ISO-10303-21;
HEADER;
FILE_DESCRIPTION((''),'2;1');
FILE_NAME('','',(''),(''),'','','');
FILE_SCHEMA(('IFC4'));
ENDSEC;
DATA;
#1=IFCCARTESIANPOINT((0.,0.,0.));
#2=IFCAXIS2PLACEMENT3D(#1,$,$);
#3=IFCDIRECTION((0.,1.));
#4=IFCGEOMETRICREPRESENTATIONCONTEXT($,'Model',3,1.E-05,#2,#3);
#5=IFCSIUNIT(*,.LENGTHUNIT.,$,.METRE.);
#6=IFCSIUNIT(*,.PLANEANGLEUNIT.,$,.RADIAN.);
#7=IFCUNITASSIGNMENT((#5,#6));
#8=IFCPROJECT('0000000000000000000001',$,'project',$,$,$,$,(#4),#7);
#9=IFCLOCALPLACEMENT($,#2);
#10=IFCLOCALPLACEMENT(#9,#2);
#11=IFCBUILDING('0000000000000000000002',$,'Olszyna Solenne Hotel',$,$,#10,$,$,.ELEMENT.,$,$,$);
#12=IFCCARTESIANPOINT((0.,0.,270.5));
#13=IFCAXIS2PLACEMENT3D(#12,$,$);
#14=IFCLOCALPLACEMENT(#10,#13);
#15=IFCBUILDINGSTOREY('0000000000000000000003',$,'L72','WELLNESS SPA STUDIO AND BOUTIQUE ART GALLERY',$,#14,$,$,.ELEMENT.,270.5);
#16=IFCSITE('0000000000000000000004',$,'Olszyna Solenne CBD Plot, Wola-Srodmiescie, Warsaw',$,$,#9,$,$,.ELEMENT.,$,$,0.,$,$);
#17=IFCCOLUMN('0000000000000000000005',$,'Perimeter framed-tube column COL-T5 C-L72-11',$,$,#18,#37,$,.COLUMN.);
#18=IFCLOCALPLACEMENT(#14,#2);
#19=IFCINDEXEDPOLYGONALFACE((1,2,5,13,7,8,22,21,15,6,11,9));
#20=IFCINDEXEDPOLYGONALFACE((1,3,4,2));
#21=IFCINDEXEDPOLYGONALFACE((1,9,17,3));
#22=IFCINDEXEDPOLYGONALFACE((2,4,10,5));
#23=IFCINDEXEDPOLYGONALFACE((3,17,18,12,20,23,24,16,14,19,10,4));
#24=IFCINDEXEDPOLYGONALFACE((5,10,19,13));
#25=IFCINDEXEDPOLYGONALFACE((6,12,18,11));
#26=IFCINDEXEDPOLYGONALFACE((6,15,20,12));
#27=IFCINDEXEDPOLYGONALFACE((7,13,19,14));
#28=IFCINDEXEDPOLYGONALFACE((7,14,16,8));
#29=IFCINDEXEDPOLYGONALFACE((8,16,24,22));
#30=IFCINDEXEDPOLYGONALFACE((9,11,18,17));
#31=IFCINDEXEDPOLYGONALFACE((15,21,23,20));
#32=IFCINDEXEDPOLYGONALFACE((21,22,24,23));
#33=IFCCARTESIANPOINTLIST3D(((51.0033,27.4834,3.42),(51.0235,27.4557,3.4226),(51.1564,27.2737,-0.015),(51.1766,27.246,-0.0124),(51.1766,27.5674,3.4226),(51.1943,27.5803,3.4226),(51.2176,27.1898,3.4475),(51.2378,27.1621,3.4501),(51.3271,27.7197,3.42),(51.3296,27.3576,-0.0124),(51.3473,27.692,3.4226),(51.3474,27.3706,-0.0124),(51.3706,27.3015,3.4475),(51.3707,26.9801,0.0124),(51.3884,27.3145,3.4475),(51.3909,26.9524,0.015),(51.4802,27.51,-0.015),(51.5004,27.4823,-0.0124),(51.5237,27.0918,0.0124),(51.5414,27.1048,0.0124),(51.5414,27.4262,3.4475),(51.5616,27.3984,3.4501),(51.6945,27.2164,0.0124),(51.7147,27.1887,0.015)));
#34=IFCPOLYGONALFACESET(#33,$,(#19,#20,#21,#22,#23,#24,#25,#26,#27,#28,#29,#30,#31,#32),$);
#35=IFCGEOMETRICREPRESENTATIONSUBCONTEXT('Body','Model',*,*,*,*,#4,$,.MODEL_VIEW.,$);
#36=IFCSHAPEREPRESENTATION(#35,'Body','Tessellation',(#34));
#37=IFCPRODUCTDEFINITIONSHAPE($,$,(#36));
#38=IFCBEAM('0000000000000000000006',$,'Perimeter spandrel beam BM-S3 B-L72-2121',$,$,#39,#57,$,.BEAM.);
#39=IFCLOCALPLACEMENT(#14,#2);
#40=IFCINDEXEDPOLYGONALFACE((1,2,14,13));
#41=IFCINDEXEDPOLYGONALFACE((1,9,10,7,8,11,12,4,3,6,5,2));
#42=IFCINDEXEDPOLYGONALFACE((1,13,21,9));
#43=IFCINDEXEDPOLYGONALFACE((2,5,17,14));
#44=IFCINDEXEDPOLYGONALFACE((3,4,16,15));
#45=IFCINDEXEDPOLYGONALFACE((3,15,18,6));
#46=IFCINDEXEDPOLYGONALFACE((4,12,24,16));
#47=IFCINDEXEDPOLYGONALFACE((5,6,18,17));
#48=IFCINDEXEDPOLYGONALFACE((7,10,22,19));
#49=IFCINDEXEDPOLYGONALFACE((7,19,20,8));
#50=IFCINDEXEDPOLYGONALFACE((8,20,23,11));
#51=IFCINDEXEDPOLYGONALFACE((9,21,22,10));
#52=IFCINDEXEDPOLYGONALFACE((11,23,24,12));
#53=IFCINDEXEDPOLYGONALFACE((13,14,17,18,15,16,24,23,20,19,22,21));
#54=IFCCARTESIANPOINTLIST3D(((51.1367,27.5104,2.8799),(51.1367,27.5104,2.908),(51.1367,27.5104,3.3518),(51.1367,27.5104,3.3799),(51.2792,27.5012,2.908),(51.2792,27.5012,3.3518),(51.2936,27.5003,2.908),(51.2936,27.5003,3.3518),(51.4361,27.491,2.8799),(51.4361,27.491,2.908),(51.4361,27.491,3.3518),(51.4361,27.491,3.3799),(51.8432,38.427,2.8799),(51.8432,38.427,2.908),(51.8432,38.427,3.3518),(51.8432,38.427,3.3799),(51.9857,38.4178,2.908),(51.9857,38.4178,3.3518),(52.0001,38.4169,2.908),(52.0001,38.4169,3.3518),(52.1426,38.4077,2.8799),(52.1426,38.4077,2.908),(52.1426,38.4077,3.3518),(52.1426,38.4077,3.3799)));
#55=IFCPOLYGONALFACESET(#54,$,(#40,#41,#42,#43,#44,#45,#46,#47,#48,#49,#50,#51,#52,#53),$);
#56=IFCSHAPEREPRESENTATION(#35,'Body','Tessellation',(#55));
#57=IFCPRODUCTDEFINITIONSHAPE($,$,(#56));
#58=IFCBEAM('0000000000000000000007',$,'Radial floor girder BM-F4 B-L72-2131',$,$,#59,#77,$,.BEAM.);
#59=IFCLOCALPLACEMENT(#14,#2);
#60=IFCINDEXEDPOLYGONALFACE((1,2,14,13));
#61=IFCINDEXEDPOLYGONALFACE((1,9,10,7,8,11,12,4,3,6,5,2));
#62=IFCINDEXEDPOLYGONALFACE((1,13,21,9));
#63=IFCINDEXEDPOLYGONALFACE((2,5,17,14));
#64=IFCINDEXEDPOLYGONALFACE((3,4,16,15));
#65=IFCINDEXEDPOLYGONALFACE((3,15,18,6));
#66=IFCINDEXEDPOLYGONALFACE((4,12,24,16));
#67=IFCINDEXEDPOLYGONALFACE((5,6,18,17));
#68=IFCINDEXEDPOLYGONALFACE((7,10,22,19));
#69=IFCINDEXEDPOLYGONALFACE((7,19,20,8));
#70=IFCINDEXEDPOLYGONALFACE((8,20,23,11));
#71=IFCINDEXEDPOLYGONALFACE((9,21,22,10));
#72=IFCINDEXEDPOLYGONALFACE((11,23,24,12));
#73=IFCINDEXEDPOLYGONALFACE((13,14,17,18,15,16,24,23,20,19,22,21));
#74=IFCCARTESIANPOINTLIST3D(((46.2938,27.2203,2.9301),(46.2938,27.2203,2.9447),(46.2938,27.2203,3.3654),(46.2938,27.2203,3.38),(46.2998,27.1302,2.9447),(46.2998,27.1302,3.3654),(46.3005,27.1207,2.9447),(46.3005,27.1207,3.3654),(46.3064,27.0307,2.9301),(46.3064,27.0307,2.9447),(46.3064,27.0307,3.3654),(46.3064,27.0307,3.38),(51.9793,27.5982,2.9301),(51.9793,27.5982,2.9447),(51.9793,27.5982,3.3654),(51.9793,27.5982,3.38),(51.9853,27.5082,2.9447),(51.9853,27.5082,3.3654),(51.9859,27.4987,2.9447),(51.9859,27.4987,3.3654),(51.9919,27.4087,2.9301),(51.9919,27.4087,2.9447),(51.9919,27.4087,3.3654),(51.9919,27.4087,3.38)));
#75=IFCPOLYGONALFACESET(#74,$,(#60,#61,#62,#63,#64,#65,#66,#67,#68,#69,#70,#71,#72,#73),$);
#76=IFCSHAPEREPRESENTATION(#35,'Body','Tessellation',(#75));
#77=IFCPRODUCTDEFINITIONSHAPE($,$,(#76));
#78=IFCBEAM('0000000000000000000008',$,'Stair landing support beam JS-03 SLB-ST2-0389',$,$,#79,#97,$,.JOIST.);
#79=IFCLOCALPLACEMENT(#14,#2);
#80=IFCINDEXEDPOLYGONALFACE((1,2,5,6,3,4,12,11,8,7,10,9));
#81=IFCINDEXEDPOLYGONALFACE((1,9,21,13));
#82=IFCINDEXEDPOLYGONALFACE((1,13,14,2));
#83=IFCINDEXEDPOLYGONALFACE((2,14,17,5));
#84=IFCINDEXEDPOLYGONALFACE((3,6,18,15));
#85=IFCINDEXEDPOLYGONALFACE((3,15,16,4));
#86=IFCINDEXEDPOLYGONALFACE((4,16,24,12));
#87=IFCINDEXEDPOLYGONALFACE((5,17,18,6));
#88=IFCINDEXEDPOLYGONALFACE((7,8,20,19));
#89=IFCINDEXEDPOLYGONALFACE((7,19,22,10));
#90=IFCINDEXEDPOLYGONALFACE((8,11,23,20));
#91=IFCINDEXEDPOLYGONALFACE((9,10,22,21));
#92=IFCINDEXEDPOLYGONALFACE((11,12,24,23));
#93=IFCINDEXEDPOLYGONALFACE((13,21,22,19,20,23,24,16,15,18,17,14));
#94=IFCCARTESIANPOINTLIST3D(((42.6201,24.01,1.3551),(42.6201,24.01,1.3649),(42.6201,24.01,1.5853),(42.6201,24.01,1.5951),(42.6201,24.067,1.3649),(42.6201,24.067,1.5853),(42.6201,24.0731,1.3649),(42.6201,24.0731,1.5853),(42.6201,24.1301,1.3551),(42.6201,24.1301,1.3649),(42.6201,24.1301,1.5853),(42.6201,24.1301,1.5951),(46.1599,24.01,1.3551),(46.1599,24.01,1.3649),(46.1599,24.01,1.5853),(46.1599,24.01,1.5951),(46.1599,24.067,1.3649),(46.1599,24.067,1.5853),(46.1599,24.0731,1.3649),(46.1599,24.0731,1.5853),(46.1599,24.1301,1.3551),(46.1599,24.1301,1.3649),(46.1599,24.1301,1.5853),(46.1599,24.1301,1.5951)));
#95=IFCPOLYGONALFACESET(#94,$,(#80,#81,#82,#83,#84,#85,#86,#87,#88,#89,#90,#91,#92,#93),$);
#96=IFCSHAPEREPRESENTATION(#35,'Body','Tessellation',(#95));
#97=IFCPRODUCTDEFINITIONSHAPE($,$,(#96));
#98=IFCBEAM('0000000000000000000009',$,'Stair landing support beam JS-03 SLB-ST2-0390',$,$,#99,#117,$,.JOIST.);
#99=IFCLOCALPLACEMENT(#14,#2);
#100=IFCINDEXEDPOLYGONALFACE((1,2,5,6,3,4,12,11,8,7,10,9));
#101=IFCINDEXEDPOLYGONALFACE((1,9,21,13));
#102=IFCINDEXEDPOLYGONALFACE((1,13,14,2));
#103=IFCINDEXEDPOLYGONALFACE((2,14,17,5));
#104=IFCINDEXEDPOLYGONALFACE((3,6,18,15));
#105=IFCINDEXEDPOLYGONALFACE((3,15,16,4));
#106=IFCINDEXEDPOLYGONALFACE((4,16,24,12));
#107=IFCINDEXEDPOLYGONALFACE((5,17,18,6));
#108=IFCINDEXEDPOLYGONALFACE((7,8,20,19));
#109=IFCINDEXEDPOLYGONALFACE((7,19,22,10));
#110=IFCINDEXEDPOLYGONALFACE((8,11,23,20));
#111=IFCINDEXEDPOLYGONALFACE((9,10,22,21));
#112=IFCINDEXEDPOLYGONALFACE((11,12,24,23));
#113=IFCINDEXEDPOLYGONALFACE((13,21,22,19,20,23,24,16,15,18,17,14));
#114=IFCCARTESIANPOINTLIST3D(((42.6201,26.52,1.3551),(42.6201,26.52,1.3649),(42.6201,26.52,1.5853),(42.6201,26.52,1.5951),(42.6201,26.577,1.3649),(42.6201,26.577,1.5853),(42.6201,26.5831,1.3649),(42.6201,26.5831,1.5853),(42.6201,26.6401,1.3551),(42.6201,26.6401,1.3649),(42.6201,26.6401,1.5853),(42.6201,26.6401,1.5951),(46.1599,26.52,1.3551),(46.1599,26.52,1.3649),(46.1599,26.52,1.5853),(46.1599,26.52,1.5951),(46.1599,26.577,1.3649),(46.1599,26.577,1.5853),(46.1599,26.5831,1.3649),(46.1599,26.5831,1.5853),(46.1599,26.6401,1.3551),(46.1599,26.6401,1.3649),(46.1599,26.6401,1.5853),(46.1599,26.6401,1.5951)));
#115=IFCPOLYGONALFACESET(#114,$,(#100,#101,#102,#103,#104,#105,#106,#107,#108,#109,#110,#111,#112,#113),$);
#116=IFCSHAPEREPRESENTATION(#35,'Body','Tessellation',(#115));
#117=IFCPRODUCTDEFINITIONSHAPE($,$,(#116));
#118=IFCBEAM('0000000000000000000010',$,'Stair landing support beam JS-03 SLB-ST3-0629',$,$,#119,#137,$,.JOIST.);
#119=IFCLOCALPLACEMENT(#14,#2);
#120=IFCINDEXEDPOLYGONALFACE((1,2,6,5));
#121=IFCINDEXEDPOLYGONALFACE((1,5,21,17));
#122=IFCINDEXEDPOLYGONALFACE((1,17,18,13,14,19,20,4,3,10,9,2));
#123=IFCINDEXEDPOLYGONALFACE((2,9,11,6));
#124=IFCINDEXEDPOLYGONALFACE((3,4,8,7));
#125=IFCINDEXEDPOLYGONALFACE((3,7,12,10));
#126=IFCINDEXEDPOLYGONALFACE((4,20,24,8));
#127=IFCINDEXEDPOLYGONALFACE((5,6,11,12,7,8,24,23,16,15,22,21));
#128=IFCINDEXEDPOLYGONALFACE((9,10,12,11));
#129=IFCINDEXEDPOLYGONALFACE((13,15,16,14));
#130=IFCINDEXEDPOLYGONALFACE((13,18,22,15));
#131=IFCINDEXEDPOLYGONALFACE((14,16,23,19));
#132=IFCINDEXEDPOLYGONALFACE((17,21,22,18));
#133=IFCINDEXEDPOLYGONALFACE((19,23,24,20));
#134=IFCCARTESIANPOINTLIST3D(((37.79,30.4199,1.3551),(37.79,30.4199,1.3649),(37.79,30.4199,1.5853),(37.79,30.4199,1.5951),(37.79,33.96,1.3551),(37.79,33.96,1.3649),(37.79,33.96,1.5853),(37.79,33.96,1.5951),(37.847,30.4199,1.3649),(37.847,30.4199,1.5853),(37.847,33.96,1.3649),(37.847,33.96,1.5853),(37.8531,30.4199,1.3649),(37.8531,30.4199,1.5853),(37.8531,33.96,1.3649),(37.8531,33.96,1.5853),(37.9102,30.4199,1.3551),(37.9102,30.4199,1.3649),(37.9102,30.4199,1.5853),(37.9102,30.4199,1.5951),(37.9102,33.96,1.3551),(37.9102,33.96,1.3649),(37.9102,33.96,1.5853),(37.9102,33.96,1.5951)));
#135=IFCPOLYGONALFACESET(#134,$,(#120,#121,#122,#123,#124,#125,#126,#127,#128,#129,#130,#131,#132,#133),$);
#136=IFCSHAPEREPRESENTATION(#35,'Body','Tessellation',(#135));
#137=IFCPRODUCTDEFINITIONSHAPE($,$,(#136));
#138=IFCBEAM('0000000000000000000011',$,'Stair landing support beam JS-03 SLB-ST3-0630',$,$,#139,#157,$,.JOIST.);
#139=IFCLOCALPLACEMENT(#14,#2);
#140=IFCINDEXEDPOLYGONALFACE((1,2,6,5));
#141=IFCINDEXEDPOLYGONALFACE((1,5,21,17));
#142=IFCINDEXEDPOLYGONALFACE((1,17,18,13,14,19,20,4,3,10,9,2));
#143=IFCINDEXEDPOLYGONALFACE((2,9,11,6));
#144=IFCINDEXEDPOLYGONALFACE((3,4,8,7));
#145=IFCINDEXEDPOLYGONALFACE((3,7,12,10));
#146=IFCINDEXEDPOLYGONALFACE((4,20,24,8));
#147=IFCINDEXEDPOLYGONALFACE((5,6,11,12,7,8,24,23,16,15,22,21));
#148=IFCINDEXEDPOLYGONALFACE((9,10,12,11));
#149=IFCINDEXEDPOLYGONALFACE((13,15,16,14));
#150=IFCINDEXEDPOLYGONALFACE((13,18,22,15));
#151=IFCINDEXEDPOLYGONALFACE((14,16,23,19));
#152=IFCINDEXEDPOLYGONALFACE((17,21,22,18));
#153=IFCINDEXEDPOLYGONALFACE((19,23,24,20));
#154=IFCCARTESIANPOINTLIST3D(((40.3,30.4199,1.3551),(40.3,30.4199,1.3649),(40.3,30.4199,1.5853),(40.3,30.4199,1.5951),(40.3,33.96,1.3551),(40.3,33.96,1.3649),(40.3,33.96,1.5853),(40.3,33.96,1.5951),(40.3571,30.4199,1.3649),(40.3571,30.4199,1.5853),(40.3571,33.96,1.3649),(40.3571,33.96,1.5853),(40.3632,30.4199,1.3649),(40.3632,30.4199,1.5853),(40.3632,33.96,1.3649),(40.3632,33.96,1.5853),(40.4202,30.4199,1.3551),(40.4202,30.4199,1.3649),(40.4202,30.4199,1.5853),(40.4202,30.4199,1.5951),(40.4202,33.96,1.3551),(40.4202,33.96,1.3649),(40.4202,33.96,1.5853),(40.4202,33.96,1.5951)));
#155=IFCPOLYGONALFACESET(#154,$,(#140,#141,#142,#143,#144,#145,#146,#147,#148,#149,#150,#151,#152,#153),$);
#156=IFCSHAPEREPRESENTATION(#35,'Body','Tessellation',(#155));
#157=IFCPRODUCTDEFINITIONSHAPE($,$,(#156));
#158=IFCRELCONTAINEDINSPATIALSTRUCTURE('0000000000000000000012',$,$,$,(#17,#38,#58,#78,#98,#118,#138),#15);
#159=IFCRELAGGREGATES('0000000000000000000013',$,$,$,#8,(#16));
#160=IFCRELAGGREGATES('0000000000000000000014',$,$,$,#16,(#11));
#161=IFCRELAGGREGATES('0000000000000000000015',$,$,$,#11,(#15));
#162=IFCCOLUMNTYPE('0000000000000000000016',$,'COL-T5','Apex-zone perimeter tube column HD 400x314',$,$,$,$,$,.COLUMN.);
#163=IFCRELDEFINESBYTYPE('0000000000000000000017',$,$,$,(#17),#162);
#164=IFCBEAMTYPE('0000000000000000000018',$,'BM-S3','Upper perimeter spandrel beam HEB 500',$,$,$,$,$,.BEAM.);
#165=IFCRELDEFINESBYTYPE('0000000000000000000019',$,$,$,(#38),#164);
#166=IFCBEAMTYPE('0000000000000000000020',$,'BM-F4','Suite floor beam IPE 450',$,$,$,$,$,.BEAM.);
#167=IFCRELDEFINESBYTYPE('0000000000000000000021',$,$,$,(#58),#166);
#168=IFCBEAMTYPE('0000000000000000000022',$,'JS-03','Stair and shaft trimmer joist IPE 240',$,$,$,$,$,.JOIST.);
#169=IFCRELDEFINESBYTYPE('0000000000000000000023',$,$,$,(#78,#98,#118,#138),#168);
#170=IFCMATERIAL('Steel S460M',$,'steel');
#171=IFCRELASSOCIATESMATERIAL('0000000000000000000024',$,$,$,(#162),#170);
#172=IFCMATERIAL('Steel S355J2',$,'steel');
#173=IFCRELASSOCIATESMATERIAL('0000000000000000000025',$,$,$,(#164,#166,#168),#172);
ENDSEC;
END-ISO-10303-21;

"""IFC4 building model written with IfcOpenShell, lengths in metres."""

from ifc_helpers import new_model, si_unit, direction, frame, origin, origin_2d, place, context, subcontext, project, spatial, i_section, extrude, source, transform, mapped, material, material_profile, profile_set, type_object, element, save


model = new_model("IFC4")

# Units and contexts
model_context = context("Model", 3, precision=1e-05, world=origin(), true_north=direction((0.0, 1.0)))
body_context = subcontext(model_context, "Body", "Model", "MODEL_VIEW")
ifc_project = project(units=[si_unit("LENGTHUNIT", "METRE"), si_unit("PLANEANGLEUNIT", "RADIAN")], contexts=[model_context])

# Site, building, storey
site_placement = place(None, origin())
site = spatial("IfcSite", under=ifc_project, at=site_placement, Name="Olszyna Solenne CBD Plot, Wola-Srodmiescie, Warsaw", CompositionType="ELEMENT", RefElevation=0.0)
building_placement = place(site_placement, origin())
building = spatial("IfcBuilding", under=site, at=building_placement, Name="Olszyna Solenne Hotel", CompositionType="ELEMENT")
storey_placement = place(building_placement, frame((0.0, 0.0, 270.5)))
storey = spatial("IfcBuildingStorey", under=building, at=storey_placement, Name="L72", Description="WELLNESS SPA STUDIO AND BOUTIQUE ART GALLERY", CompositionType="ELEMENT", Elevation=270.5)

# Column
ifc_material_1 = material(Name="Steel S460M", Category="steel")
ifc_material_profile_1 = material_profile(ifc_material_1, i_section(OverallWidth=0.4009, OverallDepth=0.3989, WebThickness=0.022, FlangeThickness=0.0344, at=origin_2d()), Name="HD 400x314", Category="load-bearing")
ifc_profile_set_1 = profile_set([ifc_material_profile_1], Name="Steel S460M")
column_type = type_object("IfcColumnType", Name="COL-T5", Description="Apex-zone perimeter tube column HD 400x314", PredefinedType="COLUMN", material=ifc_profile_set_1)
shared_shape_1 = source(origin(), body_context, "Body", "SweptSolid", [
    extrude(i_section(OverallWidth=0.4009, OverallDepth=0.3989, WebThickness=0.022, FlangeThickness=0.0344, at=origin_2d()), origin(), (0.0, 0.0, 1.0), 3.4448),
])
column_placement = place(storey_placement, frame((51.4355, 27.2312, 0.0), z_axis=(-0.044436, 0.060878, 0.997156), x_axis=(-0.807718, -0.589569, 0.0)))
element("IfcColumn", 1, at=column_placement, inside=storey, type_object=column_type, Name="Perimeter framed-tube column COL-T5 C-L72-11", PredefinedType="COLUMN", context=body_context, shape_type="MappedRepresentation", body=[
    mapped(shared_shape_1, transform((0.0, 0.0, 0.0), x_axis=(1.0, 0.0, 0.0), y_axis=(0.0, 1.0, 0.0), z_axis=(0.0, 0.0, 1.0), scale=1.0)),
])

# Beams
ifc_material_2 = material(Name="Steel S355J2", Category="steel")
ifc_material_profile_2 = material_profile(ifc_material_2, i_section(OverallWidth=0.3, OverallDepth=0.5, WebThickness=0.0144, FlangeThickness=0.0281, at=origin_2d()), Name="HEB 500", Category="load-bearing")
ifc_profile_set_2 = profile_set([ifc_material_profile_2], Name="Steel S355J2")
beam_type_1 = type_object("IfcBeamType", Name="BM-S3", Description="Upper perimeter spandrel beam HEB 500", PredefinedType="BEAM", material=ifc_profile_set_2)
shared_shape_2 = source(origin(), body_context, "Body", "SweptSolid", [
    extrude(i_section(OverallWidth=0.3, OverallDepth=0.5, WebThickness=0.0144, FlangeThickness=0.0281, at=origin_2d()), origin(), (0.0, 0.0, 1.0), 10.9395),
])
beam_1_placement = place(storey_placement, frame((51.2864, 27.5007, 3.1299), z_axis=(0.064587, 0.997912, 0.0), x_axis=(-0.997912, 0.064587, 0.0)))
element("IfcBeam", 2, at=beam_1_placement, inside=storey, type_object=beam_type_1, Name="Perimeter spandrel beam BM-S3 B-L72-2121", PredefinedType="BEAM", context=body_context, shape_type="MappedRepresentation", body=[
    mapped(shared_shape_2, transform((0.0, 0.0, 0.0), x_axis=(1.0, 0.0, 0.0), y_axis=(0.0, 1.0, 0.0), z_axis=(0.0, 0.0, 1.0), scale=1.0)),
])
ifc_material_profile_3 = material_profile(ifc_material_2, i_section(OverallWidth=0.1899, OverallDepth=0.45, WebThickness=0.0095, FlangeThickness=0.0146, at=origin_2d()), Name="IPE 450", Category="load-bearing")
ifc_profile_set_3 = profile_set([ifc_material_profile_3], Name="Steel S355J2")
beam_type_2 = type_object("IfcBeamType", Name="BM-F4", Description="Suite floor beam IPE 450", PredefinedType="BEAM", material=ifc_profile_set_3)
shared_shape_3 = source(origin(), body_context, "Body", "SweptSolid", [
    extrude(i_section(OverallWidth=0.1899, OverallDepth=0.45, WebThickness=0.0095, FlangeThickness=0.0146, at=origin_2d()), origin(), (0.0, 0.0, 1.0), 5.698),
])
beam_2_placement = place(storey_placement, frame((51.9856, 27.5034, 3.155), z_axis=(-0.997798, -0.066326, 0.0), x_axis=(0.066326, -0.997798, 0.0)))
element("IfcBeam", 3, at=beam_2_placement, inside=storey, type_object=beam_type_2, Name="Radial floor girder BM-F4 B-L72-2131", PredefinedType="BEAM", context=body_context, shape_type="MappedRepresentation", body=[
    mapped(shared_shape_3, transform((0.0, 0.0, 0.0), x_axis=(1.0, 0.0, 0.0), y_axis=(0.0, 1.0, 0.0), z_axis=(0.0, 0.0, 1.0), scale=1.0)),
])
ifc_material_profile_4 = material_profile(ifc_material_2, i_section(OverallWidth=0.1201, OverallDepth=0.24, WebThickness=0.0061, FlangeThickness=0.0098, at=origin_2d()), Name="IPE 240", Category="load-bearing")
ifc_profile_set_4 = profile_set([ifc_material_profile_4], Name="Steel S355J2")
beam_type_3 = type_object("IfcBeamType", Name="JS-03", Description="Stair and shaft trimmer joist IPE 240", PredefinedType="JOIST", material=ifc_profile_set_4)
shared_shape_4 = source(origin(), body_context, "Body", "SweptSolid", [
    extrude(i_section(OverallWidth=0.1201, OverallDepth=0.24, WebThickness=0.0061, FlangeThickness=0.0098, at=origin_2d()), origin(), (0.0, 0.0, 1.0), 3.5398),
])
for number, where, z_axis, x_axis, name in (
    (4, (46.1599, 24.0701, 1.4751), (-1.0, 0.0, 0.0), (0.0, -1.0, 0.0), "Stair landing support beam JS-03 SLB-ST2-0389"),
    (5, (46.1599, 26.5801, 1.4751), (-1.0, 0.0, 0.0), (0.0, -1.0, 0.0), "Stair landing support beam JS-03 SLB-ST2-0390"),
):
    element("IfcBeam", number, at=place(storey_placement, frame(where, z_axis=z_axis, x_axis=x_axis)), inside=storey, type_object=beam_type_3, Name=name, PredefinedType="JOIST", context=body_context, shape_type="MappedRepresentation", body=[
        mapped(shared_shape_4, transform((0.0, 0.0, 0.0), x_axis=(1.0, 0.0, 0.0), y_axis=(0.0, 1.0, 0.0), z_axis=(0.0, 0.0, 1.0), scale=1.0)),
    ])
shared_shape_5 = source(origin(), body_context, "Body", "SweptSolid", [
    extrude(i_section(OverallWidth=0.1201, OverallDepth=0.24, WebThickness=0.0061, FlangeThickness=0.0098, at=origin_2d()), origin(), (0.0, 0.0, 1.0), 3.54),
])
for number, where, z_axis, x_axis, name in (
    (6, (37.8501, 30.4199, 1.4751), (0.0, 1.0, 0.0), (-1.0, 0.0, 0.0), "Stair landing support beam JS-03 SLB-ST3-0629"),
    (7, (40.3601, 30.4199, 1.4751), (0.0, 1.0, 0.0), (-1.0, 0.0, 0.0), "Stair landing support beam JS-03 SLB-ST3-0630"),
):
    element("IfcBeam", number, at=place(storey_placement, frame(where, z_axis=z_axis, x_axis=x_axis)), inside=storey, type_object=beam_type_3, Name=name, PredefinedType="JOIST", context=body_context, shape_type="MappedRepresentation", body=[
        mapped(shared_shape_5, transform((0.0, 0.0, 0.0), x_axis=(1.0, 0.0, 0.0), y_axis=(0.0, 1.0, 0.0), z_axis=(0.0, 0.0, 1.0), scale=1.0)),
    ])

save(model, "model.ifc")
